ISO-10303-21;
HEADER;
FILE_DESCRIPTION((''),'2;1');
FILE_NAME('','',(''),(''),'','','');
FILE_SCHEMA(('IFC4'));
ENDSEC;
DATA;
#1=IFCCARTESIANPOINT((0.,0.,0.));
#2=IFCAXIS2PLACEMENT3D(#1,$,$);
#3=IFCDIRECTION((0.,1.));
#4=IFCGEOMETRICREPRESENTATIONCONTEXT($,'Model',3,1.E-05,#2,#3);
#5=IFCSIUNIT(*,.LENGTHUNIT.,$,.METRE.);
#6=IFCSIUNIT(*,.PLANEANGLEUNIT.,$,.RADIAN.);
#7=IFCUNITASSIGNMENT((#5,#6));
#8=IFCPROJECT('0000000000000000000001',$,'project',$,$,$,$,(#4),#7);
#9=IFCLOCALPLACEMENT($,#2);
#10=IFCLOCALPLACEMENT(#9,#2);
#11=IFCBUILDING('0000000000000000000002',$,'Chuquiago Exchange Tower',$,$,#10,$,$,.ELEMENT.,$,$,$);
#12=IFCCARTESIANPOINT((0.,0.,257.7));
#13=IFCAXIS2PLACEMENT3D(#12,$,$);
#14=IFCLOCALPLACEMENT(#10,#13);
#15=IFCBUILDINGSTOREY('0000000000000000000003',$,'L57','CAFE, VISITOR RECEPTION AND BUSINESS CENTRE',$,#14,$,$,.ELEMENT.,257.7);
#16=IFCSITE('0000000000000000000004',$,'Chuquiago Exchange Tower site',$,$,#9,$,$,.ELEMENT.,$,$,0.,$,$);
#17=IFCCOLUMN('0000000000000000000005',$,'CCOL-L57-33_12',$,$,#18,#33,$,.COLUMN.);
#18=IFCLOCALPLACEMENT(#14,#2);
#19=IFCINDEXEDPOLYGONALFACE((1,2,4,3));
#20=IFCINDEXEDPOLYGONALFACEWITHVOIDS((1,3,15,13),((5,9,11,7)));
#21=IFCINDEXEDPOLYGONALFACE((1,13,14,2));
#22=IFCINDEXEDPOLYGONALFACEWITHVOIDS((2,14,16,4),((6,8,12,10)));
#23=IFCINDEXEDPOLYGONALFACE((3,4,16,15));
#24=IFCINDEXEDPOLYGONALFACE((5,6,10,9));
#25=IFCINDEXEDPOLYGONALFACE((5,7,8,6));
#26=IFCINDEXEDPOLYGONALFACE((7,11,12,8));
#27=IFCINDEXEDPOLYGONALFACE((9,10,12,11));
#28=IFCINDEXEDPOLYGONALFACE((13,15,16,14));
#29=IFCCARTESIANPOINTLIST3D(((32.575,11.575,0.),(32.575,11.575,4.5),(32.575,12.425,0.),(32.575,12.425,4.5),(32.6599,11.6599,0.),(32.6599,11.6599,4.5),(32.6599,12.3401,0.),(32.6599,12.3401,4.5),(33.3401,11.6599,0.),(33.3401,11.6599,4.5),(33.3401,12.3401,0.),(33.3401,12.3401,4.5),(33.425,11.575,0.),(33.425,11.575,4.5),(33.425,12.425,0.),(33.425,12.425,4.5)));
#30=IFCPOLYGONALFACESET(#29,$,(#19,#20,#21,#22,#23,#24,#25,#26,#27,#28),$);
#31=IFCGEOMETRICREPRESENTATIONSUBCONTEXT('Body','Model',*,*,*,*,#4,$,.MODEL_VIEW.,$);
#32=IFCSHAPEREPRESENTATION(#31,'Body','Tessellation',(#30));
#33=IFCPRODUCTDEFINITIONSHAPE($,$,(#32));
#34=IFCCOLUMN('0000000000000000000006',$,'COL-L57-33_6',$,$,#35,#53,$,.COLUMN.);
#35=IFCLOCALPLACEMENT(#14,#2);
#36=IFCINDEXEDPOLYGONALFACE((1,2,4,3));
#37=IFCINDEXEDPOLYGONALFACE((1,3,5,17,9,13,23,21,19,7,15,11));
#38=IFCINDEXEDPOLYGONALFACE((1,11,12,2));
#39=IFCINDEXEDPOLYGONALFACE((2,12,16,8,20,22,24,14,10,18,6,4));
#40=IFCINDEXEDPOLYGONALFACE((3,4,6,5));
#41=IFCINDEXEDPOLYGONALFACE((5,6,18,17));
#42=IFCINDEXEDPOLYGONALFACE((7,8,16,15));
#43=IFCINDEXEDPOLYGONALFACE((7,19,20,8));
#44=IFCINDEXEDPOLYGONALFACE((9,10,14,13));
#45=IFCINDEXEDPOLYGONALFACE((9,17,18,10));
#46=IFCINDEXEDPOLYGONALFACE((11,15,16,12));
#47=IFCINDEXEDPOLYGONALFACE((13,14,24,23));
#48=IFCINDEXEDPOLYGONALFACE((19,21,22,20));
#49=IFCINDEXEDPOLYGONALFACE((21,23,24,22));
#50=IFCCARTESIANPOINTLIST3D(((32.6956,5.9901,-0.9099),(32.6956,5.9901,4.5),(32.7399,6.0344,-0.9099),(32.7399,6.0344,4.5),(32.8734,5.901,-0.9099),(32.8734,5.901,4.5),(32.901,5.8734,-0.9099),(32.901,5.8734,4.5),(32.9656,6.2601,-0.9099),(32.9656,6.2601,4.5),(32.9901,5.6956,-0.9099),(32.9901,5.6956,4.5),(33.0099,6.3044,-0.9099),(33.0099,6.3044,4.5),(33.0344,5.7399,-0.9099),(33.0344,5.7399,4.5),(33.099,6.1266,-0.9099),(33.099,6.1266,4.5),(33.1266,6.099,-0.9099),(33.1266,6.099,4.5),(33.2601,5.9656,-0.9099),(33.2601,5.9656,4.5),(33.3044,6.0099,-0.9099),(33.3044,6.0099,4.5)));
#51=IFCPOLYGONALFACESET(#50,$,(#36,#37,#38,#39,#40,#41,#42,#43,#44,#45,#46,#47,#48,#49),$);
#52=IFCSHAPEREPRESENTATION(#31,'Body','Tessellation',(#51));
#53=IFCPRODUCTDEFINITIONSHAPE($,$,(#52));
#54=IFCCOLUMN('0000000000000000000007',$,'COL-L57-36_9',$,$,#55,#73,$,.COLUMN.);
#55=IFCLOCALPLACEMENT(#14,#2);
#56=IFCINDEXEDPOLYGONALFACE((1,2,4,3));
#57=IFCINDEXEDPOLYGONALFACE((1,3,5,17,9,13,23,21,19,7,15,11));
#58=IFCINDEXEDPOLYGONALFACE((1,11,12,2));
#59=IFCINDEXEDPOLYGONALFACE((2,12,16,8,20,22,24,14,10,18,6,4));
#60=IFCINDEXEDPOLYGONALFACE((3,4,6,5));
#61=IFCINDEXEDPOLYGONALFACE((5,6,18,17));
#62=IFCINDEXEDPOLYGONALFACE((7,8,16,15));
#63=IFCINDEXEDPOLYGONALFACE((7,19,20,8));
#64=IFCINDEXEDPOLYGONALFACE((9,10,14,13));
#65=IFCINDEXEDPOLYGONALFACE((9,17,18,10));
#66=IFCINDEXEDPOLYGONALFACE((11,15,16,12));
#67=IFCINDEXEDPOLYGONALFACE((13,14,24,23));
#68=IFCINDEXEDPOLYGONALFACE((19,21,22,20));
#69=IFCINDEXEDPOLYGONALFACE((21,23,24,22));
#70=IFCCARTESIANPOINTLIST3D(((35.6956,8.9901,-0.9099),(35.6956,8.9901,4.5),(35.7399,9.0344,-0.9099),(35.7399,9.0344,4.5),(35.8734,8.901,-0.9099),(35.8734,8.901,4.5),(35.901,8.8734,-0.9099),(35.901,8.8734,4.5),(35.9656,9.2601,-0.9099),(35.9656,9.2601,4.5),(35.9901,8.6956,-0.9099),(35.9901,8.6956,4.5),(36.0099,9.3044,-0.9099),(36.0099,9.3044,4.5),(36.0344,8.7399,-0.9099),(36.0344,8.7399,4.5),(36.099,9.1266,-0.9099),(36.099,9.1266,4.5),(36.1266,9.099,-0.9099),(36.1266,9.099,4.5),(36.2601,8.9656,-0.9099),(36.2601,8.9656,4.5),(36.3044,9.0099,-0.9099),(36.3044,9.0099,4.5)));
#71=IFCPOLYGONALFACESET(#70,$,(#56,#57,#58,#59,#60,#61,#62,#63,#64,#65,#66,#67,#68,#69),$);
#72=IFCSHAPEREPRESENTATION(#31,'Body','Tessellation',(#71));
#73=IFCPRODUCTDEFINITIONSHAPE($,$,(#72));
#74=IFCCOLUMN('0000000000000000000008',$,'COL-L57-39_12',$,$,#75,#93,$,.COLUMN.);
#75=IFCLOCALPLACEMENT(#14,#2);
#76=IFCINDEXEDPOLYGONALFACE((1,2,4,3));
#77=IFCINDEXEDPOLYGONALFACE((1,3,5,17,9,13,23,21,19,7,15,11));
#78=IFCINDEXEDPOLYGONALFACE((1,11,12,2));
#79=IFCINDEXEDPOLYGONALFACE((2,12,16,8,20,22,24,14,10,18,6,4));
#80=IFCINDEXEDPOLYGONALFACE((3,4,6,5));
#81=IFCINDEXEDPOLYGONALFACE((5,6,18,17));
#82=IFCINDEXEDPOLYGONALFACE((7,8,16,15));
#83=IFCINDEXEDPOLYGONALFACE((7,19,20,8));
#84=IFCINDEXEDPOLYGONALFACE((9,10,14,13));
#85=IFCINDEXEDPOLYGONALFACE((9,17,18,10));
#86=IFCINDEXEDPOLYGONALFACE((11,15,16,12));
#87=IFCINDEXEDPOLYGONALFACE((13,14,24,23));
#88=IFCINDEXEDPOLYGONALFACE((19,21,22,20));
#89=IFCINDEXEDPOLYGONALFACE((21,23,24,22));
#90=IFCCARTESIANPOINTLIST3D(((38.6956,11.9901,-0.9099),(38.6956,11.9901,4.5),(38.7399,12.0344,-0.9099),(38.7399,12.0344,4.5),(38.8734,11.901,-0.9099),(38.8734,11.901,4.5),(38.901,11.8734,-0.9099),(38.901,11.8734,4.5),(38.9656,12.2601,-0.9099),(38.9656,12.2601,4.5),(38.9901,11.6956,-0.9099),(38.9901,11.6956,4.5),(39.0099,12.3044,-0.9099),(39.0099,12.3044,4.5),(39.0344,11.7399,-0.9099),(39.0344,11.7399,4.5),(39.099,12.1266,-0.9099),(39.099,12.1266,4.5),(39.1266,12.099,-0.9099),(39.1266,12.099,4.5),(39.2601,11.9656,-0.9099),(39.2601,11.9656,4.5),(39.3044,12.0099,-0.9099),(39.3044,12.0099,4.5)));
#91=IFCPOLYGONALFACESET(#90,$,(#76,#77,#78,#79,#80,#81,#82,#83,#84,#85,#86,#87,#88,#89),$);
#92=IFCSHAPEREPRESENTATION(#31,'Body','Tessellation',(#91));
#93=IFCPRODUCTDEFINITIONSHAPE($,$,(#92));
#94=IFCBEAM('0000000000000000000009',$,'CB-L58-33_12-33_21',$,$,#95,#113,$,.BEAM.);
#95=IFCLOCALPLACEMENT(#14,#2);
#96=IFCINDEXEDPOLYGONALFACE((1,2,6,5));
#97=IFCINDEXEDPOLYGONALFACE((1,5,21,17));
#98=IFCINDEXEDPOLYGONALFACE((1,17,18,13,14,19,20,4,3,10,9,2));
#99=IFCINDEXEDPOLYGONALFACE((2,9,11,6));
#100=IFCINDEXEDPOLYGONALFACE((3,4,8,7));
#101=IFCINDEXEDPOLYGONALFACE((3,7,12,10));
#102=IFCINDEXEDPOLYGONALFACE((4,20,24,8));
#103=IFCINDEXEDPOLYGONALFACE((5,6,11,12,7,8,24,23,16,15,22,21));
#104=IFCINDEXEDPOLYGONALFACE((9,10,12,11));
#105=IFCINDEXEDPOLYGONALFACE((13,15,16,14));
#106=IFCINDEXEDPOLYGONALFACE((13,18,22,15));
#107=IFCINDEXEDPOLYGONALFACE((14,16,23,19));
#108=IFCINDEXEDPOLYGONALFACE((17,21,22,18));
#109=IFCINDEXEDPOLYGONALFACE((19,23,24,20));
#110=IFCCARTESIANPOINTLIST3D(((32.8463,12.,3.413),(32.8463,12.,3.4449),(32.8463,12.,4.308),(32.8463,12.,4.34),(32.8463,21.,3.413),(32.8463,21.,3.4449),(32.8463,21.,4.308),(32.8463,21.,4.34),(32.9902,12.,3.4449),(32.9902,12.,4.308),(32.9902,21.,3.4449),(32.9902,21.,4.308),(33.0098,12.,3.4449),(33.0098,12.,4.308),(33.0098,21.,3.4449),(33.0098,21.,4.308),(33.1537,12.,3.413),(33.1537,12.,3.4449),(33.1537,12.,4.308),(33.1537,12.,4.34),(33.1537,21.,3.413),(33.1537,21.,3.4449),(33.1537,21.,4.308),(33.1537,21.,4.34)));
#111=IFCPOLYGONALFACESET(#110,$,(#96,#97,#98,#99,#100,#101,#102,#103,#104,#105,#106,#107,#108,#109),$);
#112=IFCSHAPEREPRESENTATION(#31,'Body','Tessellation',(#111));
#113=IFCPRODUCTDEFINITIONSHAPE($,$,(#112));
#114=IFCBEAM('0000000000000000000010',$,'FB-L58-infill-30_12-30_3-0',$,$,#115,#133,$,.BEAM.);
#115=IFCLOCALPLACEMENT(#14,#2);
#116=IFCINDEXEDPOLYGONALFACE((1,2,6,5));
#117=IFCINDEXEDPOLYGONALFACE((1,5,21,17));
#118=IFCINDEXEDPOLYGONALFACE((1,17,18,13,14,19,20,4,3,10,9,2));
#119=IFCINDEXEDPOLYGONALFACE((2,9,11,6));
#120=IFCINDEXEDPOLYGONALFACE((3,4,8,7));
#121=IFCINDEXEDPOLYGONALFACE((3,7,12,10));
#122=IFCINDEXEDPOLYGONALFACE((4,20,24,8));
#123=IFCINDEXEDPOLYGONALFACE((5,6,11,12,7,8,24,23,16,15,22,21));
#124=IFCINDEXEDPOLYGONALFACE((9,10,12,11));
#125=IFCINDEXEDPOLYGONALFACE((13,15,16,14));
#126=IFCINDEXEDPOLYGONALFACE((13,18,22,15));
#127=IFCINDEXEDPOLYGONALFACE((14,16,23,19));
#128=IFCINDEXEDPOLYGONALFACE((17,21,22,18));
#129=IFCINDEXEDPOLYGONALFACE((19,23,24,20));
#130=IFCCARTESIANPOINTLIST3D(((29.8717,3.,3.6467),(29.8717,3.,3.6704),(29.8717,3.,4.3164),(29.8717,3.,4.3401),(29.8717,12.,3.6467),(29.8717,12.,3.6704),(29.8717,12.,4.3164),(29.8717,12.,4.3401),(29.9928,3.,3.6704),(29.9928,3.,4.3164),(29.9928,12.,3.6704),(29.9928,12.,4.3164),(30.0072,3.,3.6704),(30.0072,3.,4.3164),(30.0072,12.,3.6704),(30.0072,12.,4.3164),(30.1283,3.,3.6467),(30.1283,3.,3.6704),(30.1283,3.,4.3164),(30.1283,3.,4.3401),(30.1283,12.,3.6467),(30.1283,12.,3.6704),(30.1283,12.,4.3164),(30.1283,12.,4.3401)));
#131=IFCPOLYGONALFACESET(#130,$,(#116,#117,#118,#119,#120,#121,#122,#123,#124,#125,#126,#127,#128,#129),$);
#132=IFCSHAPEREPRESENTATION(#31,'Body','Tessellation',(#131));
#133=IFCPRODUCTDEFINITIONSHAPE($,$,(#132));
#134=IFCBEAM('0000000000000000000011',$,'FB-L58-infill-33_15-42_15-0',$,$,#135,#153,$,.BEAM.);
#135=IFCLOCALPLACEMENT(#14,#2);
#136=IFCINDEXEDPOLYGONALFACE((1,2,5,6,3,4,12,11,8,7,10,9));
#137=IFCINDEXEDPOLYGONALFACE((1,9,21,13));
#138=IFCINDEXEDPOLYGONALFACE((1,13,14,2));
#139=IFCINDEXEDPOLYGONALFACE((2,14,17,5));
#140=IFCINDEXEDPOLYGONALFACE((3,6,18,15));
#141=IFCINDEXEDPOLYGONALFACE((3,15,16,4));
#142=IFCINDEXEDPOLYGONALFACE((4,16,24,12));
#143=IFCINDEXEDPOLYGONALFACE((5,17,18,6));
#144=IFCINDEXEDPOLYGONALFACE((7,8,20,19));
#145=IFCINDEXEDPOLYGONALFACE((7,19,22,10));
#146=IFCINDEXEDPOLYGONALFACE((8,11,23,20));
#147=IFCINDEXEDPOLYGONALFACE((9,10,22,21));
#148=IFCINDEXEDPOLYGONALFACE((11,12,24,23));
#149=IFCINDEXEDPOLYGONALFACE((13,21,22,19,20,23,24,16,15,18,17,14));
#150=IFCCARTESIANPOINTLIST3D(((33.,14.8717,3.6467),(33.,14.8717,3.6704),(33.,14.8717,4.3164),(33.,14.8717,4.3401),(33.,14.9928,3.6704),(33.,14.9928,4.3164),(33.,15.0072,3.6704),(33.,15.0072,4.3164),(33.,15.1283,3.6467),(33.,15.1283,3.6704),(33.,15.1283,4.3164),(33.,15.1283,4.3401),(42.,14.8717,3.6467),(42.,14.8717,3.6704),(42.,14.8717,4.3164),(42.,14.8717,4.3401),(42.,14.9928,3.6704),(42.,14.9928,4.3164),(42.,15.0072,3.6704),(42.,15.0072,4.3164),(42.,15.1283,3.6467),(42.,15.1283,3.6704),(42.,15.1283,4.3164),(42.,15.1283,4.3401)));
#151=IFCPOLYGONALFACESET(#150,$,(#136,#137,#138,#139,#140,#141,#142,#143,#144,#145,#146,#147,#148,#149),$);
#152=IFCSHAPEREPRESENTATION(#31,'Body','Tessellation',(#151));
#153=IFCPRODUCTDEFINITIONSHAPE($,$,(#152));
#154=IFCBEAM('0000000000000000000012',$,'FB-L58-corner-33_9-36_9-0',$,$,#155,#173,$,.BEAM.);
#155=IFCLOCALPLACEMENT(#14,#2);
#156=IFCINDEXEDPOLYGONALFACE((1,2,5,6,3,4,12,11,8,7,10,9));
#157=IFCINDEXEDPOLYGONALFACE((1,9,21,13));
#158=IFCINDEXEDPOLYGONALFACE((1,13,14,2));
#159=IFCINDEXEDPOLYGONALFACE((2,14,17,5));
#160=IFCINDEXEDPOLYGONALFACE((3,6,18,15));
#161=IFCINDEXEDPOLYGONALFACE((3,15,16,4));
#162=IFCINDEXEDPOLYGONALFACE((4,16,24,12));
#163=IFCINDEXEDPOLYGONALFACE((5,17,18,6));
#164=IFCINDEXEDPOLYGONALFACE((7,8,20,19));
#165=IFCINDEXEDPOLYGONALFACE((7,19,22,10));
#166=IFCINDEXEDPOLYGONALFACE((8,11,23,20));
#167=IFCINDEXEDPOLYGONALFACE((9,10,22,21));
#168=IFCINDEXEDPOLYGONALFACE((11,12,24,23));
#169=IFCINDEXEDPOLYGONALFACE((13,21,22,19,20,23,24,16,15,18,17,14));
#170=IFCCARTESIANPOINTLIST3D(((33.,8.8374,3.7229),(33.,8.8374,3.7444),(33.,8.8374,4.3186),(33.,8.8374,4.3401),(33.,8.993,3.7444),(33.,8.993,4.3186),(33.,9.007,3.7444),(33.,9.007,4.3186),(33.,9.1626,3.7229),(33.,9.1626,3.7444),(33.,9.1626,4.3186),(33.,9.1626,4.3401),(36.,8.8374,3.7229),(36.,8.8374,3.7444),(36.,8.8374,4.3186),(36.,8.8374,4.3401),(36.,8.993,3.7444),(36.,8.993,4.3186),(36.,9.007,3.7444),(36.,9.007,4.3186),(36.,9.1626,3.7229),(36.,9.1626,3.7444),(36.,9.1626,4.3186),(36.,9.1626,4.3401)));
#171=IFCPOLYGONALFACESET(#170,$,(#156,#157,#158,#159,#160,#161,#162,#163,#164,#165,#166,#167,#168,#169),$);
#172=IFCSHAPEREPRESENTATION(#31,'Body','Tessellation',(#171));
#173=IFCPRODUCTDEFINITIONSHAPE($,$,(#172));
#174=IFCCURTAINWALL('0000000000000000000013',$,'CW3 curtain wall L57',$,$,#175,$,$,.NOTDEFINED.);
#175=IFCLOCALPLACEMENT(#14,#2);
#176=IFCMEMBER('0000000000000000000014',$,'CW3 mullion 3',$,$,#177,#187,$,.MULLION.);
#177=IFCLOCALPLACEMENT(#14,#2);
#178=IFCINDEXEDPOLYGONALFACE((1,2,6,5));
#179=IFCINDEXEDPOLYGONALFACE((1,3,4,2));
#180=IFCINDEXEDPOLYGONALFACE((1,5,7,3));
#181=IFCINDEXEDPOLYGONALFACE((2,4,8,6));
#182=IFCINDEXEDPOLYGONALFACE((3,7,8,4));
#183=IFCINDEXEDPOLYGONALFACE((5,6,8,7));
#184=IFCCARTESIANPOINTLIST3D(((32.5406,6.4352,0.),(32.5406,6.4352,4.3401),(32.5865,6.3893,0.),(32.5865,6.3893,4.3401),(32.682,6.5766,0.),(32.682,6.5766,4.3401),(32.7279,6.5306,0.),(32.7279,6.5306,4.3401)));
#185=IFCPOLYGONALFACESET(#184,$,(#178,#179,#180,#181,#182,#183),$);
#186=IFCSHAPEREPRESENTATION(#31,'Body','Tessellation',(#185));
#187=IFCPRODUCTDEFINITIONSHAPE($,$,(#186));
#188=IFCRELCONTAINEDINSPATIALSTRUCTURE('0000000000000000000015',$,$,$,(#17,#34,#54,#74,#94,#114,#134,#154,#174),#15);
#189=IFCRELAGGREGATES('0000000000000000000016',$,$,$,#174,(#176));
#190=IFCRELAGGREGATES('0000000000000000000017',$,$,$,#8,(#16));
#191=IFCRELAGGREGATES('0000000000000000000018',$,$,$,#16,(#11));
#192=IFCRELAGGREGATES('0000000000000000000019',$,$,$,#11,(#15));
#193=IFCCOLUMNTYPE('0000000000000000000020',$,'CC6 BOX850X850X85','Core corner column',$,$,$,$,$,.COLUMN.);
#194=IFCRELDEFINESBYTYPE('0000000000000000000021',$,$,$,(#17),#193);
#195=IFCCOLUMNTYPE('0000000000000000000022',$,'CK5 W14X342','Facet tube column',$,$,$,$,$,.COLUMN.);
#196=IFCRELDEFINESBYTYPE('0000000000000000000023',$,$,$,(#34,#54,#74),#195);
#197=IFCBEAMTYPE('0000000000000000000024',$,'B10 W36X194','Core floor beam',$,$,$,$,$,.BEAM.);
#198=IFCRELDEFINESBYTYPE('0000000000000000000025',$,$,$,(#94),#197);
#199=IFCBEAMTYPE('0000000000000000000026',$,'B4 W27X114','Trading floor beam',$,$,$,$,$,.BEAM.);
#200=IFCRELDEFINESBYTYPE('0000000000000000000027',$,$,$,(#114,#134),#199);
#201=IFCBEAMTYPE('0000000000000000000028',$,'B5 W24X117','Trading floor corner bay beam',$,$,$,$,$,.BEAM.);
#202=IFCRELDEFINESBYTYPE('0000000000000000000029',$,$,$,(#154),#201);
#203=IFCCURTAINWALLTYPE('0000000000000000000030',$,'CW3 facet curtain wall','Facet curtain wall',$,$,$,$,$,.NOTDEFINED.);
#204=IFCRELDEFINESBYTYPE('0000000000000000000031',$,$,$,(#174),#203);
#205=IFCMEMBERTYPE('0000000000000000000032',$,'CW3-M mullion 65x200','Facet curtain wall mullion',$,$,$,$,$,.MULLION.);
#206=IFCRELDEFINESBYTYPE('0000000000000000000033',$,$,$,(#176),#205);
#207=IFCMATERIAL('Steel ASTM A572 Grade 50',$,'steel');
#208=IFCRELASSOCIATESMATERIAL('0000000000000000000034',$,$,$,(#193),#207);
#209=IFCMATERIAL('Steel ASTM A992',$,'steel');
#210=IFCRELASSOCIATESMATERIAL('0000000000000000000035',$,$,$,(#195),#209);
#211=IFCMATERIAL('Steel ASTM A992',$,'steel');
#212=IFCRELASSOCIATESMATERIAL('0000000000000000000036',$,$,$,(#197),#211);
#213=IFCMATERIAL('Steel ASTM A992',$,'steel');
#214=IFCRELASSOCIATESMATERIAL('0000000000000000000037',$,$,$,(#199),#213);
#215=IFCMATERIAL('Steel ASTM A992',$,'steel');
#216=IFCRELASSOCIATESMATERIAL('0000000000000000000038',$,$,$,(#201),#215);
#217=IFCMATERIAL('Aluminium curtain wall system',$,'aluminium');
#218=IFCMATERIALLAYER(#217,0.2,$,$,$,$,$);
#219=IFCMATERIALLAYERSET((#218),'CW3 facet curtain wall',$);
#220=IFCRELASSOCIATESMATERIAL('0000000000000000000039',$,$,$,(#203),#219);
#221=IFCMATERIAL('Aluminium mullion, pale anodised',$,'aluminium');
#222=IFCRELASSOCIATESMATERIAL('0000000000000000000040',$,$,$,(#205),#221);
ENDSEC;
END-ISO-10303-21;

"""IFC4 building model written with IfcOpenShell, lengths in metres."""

from ifc_helpers import new_model, si_unit, direction, frame, origin, origin_2d, place, context, subcontext, project, spatial, rectangle, hollow_rectangle, i_section, extrude, material, layer, layer_set, material_profile, profile_set, type_object, element, aggregate, save


model = new_model("IFC4")

# Units and contexts
model_context = context("Model", 3, precision=1e-05, world=origin(), true_north=direction((0.0, 1.0)))
body_context = subcontext(model_context, "Body", "Model", "MODEL_VIEW")
ifc_project = project(units=[si_unit("LENGTHUNIT", "METRE"), si_unit("PLANEANGLEUNIT", "RADIAN")], contexts=[model_context])

# Site, building, storey
site_placement = place(None, origin())
site = spatial("IfcSite", under=ifc_project, at=site_placement, Name="Chuquiago Exchange Tower site", CompositionType="ELEMENT", RefElevation=0.0)
building_placement = place(site_placement, origin())
building = spatial("IfcBuilding", under=site, at=building_placement, Name="Chuquiago Exchange Tower", CompositionType="ELEMENT")
storey_placement = place(building_placement, frame((0.0, 0.0, 257.7)))
storey = spatial("IfcBuildingStorey", under=building, at=storey_placement, Name="L57", Description="CAFE, VISITOR RECEPTION AND BUSINESS CENTRE", CompositionType="ELEMENT", Elevation=257.7)

# Columns
ifc_material_1 = material(Name="Steel ASTM A572 Grade 50", Category="steel")
ifc_material_profile_1 = material_profile(ifc_material_1, hollow_rectangle(XDim=0.8501, YDim=0.8501, WallThickness=0.085, at=origin_2d()), Name="BOX850X850X85")
ifc_profile_set_1 = profile_set([ifc_material_profile_1], Name="Steel ASTM A572 Grade 50")
column_type_1 = type_object("IfcColumnType", Name="CC6 BOX850X850X85", Description="Core corner column", PredefinedType="COLUMN", material=ifc_profile_set_1)
column_placement = place(storey_placement, frame((33.0, 12.0, 0.0), z_axis=(0.0, 0.0, 1.0), x_axis=(1.0, 0.0, 0.0)))
element("IfcColumn", 1, at=column_placement, inside=storey, type_object=column_type_1, Name="CCOL-L57-33_12", PredefinedType="COLUMN", context=body_context, shape_type="SweptSolid", body=[
    extrude(hollow_rectangle(XDim=0.8501, YDim=0.8501, WallThickness=0.085, at=origin_2d()), origin(), (0.0, 0.0, 1.0), 4.5),
])
ifc_material_2 = material(Name="Steel ASTM A992", Category="steel")
ifc_material_profile_2 = material_profile(ifc_material_2, i_section(OverallWidth=0.4165, OverallDepth=0.4446, WebThickness=0.0391, FlangeThickness=0.0627, at=origin_2d()), Name="W14X342")
ifc_profile_set_2 = profile_set([ifc_material_profile_2], Name="Steel ASTM A992")
column_type_2 = type_object("IfcColumnType", Name="CK5 W14X342", Description="Facet tube column", PredefinedType="COLUMN", material=ifc_profile_set_2)
for number, where, z_axis, x_axis, name in (
    (2, (33.0, 6.0, -0.9099), (0.0, 0.0, 1.0), (0.707107, -0.707107, 0.0), "COL-L57-33_6"),
    (3, (36.0, 9.0, -0.9099), (0.0, 0.0, 1.0), (0.707107, -0.707107, 0.0), "COL-L57-36_9"),
    (4, (39.0, 12.0, -0.9099), (0.0, 0.0, 1.0), (0.707107, -0.707107, 0.0), "COL-L57-39_12"),
):
    element("IfcColumn", number, at=place(storey_placement, frame(where, z_axis=z_axis, x_axis=x_axis)), inside=storey, type_object=column_type_2, Name=name, PredefinedType="COLUMN", context=body_context, shape_type="SweptSolid", body=[
        extrude(i_section(OverallWidth=0.4165, OverallDepth=0.4446, WebThickness=0.0391, FlangeThickness=0.0627, at=origin_2d()), origin(), (0.0, 0.0, 1.0), 5.4099),
    ])

# Beams
ifc_material_3 = material(Name="Steel ASTM A992", Category="steel")
ifc_material_profile_3 = material_profile(ifc_material_3, i_section(OverallWidth=0.3074, OverallDepth=0.927, WebThickness=0.0195, FlangeThickness=0.032, at=origin_2d()), Name="W36X194")
ifc_profile_set_3 = profile_set([ifc_material_profile_3], Name="Steel ASTM A992")
beam_type_1 = type_object("IfcBeamType", Name="B10 W36X194", Description="Core floor beam", PredefinedType="BEAM", material=ifc_profile_set_3)
beam_1_placement = place(storey_placement, frame((33.0, 12.0, 3.8765), z_axis=(0.0, 1.0, 0.0), x_axis=(-1.0, 0.0, 0.0)))
element("IfcBeam", 5, at=beam_1_placement, inside=storey, type_object=beam_type_1, Name="CB-L58-33_12-33_21", PredefinedType="BEAM", context=body_context, shape_type="SweptSolid", body=[
    extrude(i_section(OverallWidth=0.3074, OverallDepth=0.927, WebThickness=0.0195, FlangeThickness=0.032, at=origin_2d()), origin(), (0.0, 0.0, 1.0), 9.0),
])
ifc_material_4 = material(Name="Steel ASTM A992", Category="steel")
ifc_material_profile_4 = material_profile(ifc_material_4, i_section(OverallWidth=0.2566, OverallDepth=0.6934, WebThickness=0.0144, FlangeThickness=0.0237, at=origin_2d()), Name="W27X114")
ifc_profile_set_4 = profile_set([ifc_material_profile_4], Name="Steel ASTM A992")
beam_type_2 = type_object("IfcBeamType", Name="B4 W27X114", Description="Trading floor beam", PredefinedType="BEAM", material=ifc_profile_set_4)
for number, where, z_axis, x_axis, name in (
    (6, (30.0, 12.0, 3.9934), (0.0, -1.0, 0.0), (1.0, 0.0, 0.0), "FB-L58-infill-30_12-30_3-0"),
    (7, (33.0, 15.0, 3.9934), (1.0, 0.0, 0.0), (0.0, 1.0, 0.0), "FB-L58-infill-33_15-42_15-0"),
):
    element("IfcBeam", number, at=place(storey_placement, frame(where, z_axis=z_axis, x_axis=x_axis)), inside=storey, type_object=beam_type_2, Name=name, PredefinedType="BEAM", context=body_context, shape_type="SweptSolid", body=[
        extrude(i_section(OverallWidth=0.2566, OverallDepth=0.6934, WebThickness=0.0144, FlangeThickness=0.0237, at=origin_2d()), origin(), (0.0, 0.0, 1.0), 9.0),
    ])
ifc_material_5 = material(Name="Steel ASTM A992", Category="steel")
ifc_material_profile_5 = material_profile(ifc_material_5, i_section(OverallWidth=0.3252, OverallDepth=0.6172, WebThickness=0.0139, FlangeThickness=0.0215, at=origin_2d()), Name="W24X117")
ifc_profile_set_5 = profile_set([ifc_material_profile_5], Name="Steel ASTM A992")
beam_type_3 = type_object("IfcBeamType", Name="B5 W24X117", Description="Trading floor corner bay beam", PredefinedType="BEAM", material=ifc_profile_set_5)
beam_2_placement = place(storey_placement, frame((33.0, 9.0, 4.0315), z_axis=(1.0, 0.0, 0.0), x_axis=(0.0, 1.0, 0.0)))
element("IfcBeam", 8, at=beam_2_placement, inside=storey, type_object=beam_type_3, Name="FB-L58-corner-33_9-36_9-0", PredefinedType="BEAM", context=body_context, shape_type="SweptSolid", body=[
    extrude(i_section(OverallWidth=0.3252, OverallDepth=0.6172, WebThickness=0.0139, FlangeThickness=0.0215, at=origin_2d()), origin(), (0.0, 0.0, 1.0), 3.0),
])

# Curtain wall, member
ifc_material_6 = material(Name="Aluminium curtain wall system", Category="aluminium")
ifc_layer_1 = layer(ifc_material_6, 0.2)
ifc_layer_set_1 = layer_set([ifc_layer_1], Name="CW3 facet curtain wall")
curtain_wall_type = type_object("IfcCurtainWallType", Name="CW3 facet curtain wall", Description="Facet curtain wall", PredefinedType="NOTDEFINED", material=ifc_layer_set_1)
curtain_wall_placement = place(storey_placement, origin())
curtain_wall = element("IfcCurtainWall", 9, at=curtain_wall_placement, inside=storey, type_object=curtain_wall_type, Name="CW3 curtain wall L57", PredefinedType="NOTDEFINED")
ifc_material_7 = material(Name="Aluminium mullion, pale anodised", Category="aluminium")
ifc_material_profile_6 = material_profile(ifc_material_7, rectangle(XDim=0.0649, YDim=0.2, at=origin_2d()), Name="AL 65x200")
ifc_profile_set_6 = profile_set([ifc_material_profile_6], Name="Aluminium mullion, pale anodised")
member_type_1 = type_object("IfcMemberType", Name="CW3-M mullion 65x200", Description="Facet curtain wall mullion", PredefinedType="MULLION", material=ifc_profile_set_6)
member_1_placement = place(storey_placement, frame((32.6343, 6.4829, 0.0), z_axis=(0.0, 0.0, 1.0), x_axis=(-0.707107, 0.707107, 0.0)))
member_1 = element("IfcMember", 10, at=member_1_placement, type_object=member_type_1, Name="CW3 mullion 3", PredefinedType="MULLION", context=body_context, shape_type="SweptSolid", body=[
    extrude(rectangle(XDim=0.0649, YDim=0.2, at=origin_2d()), origin(), (0.0, 0.0, 1.0), 4.3401),
])

aggregate(curtain_wall, [member_1])

save(model, "model.ifc")
